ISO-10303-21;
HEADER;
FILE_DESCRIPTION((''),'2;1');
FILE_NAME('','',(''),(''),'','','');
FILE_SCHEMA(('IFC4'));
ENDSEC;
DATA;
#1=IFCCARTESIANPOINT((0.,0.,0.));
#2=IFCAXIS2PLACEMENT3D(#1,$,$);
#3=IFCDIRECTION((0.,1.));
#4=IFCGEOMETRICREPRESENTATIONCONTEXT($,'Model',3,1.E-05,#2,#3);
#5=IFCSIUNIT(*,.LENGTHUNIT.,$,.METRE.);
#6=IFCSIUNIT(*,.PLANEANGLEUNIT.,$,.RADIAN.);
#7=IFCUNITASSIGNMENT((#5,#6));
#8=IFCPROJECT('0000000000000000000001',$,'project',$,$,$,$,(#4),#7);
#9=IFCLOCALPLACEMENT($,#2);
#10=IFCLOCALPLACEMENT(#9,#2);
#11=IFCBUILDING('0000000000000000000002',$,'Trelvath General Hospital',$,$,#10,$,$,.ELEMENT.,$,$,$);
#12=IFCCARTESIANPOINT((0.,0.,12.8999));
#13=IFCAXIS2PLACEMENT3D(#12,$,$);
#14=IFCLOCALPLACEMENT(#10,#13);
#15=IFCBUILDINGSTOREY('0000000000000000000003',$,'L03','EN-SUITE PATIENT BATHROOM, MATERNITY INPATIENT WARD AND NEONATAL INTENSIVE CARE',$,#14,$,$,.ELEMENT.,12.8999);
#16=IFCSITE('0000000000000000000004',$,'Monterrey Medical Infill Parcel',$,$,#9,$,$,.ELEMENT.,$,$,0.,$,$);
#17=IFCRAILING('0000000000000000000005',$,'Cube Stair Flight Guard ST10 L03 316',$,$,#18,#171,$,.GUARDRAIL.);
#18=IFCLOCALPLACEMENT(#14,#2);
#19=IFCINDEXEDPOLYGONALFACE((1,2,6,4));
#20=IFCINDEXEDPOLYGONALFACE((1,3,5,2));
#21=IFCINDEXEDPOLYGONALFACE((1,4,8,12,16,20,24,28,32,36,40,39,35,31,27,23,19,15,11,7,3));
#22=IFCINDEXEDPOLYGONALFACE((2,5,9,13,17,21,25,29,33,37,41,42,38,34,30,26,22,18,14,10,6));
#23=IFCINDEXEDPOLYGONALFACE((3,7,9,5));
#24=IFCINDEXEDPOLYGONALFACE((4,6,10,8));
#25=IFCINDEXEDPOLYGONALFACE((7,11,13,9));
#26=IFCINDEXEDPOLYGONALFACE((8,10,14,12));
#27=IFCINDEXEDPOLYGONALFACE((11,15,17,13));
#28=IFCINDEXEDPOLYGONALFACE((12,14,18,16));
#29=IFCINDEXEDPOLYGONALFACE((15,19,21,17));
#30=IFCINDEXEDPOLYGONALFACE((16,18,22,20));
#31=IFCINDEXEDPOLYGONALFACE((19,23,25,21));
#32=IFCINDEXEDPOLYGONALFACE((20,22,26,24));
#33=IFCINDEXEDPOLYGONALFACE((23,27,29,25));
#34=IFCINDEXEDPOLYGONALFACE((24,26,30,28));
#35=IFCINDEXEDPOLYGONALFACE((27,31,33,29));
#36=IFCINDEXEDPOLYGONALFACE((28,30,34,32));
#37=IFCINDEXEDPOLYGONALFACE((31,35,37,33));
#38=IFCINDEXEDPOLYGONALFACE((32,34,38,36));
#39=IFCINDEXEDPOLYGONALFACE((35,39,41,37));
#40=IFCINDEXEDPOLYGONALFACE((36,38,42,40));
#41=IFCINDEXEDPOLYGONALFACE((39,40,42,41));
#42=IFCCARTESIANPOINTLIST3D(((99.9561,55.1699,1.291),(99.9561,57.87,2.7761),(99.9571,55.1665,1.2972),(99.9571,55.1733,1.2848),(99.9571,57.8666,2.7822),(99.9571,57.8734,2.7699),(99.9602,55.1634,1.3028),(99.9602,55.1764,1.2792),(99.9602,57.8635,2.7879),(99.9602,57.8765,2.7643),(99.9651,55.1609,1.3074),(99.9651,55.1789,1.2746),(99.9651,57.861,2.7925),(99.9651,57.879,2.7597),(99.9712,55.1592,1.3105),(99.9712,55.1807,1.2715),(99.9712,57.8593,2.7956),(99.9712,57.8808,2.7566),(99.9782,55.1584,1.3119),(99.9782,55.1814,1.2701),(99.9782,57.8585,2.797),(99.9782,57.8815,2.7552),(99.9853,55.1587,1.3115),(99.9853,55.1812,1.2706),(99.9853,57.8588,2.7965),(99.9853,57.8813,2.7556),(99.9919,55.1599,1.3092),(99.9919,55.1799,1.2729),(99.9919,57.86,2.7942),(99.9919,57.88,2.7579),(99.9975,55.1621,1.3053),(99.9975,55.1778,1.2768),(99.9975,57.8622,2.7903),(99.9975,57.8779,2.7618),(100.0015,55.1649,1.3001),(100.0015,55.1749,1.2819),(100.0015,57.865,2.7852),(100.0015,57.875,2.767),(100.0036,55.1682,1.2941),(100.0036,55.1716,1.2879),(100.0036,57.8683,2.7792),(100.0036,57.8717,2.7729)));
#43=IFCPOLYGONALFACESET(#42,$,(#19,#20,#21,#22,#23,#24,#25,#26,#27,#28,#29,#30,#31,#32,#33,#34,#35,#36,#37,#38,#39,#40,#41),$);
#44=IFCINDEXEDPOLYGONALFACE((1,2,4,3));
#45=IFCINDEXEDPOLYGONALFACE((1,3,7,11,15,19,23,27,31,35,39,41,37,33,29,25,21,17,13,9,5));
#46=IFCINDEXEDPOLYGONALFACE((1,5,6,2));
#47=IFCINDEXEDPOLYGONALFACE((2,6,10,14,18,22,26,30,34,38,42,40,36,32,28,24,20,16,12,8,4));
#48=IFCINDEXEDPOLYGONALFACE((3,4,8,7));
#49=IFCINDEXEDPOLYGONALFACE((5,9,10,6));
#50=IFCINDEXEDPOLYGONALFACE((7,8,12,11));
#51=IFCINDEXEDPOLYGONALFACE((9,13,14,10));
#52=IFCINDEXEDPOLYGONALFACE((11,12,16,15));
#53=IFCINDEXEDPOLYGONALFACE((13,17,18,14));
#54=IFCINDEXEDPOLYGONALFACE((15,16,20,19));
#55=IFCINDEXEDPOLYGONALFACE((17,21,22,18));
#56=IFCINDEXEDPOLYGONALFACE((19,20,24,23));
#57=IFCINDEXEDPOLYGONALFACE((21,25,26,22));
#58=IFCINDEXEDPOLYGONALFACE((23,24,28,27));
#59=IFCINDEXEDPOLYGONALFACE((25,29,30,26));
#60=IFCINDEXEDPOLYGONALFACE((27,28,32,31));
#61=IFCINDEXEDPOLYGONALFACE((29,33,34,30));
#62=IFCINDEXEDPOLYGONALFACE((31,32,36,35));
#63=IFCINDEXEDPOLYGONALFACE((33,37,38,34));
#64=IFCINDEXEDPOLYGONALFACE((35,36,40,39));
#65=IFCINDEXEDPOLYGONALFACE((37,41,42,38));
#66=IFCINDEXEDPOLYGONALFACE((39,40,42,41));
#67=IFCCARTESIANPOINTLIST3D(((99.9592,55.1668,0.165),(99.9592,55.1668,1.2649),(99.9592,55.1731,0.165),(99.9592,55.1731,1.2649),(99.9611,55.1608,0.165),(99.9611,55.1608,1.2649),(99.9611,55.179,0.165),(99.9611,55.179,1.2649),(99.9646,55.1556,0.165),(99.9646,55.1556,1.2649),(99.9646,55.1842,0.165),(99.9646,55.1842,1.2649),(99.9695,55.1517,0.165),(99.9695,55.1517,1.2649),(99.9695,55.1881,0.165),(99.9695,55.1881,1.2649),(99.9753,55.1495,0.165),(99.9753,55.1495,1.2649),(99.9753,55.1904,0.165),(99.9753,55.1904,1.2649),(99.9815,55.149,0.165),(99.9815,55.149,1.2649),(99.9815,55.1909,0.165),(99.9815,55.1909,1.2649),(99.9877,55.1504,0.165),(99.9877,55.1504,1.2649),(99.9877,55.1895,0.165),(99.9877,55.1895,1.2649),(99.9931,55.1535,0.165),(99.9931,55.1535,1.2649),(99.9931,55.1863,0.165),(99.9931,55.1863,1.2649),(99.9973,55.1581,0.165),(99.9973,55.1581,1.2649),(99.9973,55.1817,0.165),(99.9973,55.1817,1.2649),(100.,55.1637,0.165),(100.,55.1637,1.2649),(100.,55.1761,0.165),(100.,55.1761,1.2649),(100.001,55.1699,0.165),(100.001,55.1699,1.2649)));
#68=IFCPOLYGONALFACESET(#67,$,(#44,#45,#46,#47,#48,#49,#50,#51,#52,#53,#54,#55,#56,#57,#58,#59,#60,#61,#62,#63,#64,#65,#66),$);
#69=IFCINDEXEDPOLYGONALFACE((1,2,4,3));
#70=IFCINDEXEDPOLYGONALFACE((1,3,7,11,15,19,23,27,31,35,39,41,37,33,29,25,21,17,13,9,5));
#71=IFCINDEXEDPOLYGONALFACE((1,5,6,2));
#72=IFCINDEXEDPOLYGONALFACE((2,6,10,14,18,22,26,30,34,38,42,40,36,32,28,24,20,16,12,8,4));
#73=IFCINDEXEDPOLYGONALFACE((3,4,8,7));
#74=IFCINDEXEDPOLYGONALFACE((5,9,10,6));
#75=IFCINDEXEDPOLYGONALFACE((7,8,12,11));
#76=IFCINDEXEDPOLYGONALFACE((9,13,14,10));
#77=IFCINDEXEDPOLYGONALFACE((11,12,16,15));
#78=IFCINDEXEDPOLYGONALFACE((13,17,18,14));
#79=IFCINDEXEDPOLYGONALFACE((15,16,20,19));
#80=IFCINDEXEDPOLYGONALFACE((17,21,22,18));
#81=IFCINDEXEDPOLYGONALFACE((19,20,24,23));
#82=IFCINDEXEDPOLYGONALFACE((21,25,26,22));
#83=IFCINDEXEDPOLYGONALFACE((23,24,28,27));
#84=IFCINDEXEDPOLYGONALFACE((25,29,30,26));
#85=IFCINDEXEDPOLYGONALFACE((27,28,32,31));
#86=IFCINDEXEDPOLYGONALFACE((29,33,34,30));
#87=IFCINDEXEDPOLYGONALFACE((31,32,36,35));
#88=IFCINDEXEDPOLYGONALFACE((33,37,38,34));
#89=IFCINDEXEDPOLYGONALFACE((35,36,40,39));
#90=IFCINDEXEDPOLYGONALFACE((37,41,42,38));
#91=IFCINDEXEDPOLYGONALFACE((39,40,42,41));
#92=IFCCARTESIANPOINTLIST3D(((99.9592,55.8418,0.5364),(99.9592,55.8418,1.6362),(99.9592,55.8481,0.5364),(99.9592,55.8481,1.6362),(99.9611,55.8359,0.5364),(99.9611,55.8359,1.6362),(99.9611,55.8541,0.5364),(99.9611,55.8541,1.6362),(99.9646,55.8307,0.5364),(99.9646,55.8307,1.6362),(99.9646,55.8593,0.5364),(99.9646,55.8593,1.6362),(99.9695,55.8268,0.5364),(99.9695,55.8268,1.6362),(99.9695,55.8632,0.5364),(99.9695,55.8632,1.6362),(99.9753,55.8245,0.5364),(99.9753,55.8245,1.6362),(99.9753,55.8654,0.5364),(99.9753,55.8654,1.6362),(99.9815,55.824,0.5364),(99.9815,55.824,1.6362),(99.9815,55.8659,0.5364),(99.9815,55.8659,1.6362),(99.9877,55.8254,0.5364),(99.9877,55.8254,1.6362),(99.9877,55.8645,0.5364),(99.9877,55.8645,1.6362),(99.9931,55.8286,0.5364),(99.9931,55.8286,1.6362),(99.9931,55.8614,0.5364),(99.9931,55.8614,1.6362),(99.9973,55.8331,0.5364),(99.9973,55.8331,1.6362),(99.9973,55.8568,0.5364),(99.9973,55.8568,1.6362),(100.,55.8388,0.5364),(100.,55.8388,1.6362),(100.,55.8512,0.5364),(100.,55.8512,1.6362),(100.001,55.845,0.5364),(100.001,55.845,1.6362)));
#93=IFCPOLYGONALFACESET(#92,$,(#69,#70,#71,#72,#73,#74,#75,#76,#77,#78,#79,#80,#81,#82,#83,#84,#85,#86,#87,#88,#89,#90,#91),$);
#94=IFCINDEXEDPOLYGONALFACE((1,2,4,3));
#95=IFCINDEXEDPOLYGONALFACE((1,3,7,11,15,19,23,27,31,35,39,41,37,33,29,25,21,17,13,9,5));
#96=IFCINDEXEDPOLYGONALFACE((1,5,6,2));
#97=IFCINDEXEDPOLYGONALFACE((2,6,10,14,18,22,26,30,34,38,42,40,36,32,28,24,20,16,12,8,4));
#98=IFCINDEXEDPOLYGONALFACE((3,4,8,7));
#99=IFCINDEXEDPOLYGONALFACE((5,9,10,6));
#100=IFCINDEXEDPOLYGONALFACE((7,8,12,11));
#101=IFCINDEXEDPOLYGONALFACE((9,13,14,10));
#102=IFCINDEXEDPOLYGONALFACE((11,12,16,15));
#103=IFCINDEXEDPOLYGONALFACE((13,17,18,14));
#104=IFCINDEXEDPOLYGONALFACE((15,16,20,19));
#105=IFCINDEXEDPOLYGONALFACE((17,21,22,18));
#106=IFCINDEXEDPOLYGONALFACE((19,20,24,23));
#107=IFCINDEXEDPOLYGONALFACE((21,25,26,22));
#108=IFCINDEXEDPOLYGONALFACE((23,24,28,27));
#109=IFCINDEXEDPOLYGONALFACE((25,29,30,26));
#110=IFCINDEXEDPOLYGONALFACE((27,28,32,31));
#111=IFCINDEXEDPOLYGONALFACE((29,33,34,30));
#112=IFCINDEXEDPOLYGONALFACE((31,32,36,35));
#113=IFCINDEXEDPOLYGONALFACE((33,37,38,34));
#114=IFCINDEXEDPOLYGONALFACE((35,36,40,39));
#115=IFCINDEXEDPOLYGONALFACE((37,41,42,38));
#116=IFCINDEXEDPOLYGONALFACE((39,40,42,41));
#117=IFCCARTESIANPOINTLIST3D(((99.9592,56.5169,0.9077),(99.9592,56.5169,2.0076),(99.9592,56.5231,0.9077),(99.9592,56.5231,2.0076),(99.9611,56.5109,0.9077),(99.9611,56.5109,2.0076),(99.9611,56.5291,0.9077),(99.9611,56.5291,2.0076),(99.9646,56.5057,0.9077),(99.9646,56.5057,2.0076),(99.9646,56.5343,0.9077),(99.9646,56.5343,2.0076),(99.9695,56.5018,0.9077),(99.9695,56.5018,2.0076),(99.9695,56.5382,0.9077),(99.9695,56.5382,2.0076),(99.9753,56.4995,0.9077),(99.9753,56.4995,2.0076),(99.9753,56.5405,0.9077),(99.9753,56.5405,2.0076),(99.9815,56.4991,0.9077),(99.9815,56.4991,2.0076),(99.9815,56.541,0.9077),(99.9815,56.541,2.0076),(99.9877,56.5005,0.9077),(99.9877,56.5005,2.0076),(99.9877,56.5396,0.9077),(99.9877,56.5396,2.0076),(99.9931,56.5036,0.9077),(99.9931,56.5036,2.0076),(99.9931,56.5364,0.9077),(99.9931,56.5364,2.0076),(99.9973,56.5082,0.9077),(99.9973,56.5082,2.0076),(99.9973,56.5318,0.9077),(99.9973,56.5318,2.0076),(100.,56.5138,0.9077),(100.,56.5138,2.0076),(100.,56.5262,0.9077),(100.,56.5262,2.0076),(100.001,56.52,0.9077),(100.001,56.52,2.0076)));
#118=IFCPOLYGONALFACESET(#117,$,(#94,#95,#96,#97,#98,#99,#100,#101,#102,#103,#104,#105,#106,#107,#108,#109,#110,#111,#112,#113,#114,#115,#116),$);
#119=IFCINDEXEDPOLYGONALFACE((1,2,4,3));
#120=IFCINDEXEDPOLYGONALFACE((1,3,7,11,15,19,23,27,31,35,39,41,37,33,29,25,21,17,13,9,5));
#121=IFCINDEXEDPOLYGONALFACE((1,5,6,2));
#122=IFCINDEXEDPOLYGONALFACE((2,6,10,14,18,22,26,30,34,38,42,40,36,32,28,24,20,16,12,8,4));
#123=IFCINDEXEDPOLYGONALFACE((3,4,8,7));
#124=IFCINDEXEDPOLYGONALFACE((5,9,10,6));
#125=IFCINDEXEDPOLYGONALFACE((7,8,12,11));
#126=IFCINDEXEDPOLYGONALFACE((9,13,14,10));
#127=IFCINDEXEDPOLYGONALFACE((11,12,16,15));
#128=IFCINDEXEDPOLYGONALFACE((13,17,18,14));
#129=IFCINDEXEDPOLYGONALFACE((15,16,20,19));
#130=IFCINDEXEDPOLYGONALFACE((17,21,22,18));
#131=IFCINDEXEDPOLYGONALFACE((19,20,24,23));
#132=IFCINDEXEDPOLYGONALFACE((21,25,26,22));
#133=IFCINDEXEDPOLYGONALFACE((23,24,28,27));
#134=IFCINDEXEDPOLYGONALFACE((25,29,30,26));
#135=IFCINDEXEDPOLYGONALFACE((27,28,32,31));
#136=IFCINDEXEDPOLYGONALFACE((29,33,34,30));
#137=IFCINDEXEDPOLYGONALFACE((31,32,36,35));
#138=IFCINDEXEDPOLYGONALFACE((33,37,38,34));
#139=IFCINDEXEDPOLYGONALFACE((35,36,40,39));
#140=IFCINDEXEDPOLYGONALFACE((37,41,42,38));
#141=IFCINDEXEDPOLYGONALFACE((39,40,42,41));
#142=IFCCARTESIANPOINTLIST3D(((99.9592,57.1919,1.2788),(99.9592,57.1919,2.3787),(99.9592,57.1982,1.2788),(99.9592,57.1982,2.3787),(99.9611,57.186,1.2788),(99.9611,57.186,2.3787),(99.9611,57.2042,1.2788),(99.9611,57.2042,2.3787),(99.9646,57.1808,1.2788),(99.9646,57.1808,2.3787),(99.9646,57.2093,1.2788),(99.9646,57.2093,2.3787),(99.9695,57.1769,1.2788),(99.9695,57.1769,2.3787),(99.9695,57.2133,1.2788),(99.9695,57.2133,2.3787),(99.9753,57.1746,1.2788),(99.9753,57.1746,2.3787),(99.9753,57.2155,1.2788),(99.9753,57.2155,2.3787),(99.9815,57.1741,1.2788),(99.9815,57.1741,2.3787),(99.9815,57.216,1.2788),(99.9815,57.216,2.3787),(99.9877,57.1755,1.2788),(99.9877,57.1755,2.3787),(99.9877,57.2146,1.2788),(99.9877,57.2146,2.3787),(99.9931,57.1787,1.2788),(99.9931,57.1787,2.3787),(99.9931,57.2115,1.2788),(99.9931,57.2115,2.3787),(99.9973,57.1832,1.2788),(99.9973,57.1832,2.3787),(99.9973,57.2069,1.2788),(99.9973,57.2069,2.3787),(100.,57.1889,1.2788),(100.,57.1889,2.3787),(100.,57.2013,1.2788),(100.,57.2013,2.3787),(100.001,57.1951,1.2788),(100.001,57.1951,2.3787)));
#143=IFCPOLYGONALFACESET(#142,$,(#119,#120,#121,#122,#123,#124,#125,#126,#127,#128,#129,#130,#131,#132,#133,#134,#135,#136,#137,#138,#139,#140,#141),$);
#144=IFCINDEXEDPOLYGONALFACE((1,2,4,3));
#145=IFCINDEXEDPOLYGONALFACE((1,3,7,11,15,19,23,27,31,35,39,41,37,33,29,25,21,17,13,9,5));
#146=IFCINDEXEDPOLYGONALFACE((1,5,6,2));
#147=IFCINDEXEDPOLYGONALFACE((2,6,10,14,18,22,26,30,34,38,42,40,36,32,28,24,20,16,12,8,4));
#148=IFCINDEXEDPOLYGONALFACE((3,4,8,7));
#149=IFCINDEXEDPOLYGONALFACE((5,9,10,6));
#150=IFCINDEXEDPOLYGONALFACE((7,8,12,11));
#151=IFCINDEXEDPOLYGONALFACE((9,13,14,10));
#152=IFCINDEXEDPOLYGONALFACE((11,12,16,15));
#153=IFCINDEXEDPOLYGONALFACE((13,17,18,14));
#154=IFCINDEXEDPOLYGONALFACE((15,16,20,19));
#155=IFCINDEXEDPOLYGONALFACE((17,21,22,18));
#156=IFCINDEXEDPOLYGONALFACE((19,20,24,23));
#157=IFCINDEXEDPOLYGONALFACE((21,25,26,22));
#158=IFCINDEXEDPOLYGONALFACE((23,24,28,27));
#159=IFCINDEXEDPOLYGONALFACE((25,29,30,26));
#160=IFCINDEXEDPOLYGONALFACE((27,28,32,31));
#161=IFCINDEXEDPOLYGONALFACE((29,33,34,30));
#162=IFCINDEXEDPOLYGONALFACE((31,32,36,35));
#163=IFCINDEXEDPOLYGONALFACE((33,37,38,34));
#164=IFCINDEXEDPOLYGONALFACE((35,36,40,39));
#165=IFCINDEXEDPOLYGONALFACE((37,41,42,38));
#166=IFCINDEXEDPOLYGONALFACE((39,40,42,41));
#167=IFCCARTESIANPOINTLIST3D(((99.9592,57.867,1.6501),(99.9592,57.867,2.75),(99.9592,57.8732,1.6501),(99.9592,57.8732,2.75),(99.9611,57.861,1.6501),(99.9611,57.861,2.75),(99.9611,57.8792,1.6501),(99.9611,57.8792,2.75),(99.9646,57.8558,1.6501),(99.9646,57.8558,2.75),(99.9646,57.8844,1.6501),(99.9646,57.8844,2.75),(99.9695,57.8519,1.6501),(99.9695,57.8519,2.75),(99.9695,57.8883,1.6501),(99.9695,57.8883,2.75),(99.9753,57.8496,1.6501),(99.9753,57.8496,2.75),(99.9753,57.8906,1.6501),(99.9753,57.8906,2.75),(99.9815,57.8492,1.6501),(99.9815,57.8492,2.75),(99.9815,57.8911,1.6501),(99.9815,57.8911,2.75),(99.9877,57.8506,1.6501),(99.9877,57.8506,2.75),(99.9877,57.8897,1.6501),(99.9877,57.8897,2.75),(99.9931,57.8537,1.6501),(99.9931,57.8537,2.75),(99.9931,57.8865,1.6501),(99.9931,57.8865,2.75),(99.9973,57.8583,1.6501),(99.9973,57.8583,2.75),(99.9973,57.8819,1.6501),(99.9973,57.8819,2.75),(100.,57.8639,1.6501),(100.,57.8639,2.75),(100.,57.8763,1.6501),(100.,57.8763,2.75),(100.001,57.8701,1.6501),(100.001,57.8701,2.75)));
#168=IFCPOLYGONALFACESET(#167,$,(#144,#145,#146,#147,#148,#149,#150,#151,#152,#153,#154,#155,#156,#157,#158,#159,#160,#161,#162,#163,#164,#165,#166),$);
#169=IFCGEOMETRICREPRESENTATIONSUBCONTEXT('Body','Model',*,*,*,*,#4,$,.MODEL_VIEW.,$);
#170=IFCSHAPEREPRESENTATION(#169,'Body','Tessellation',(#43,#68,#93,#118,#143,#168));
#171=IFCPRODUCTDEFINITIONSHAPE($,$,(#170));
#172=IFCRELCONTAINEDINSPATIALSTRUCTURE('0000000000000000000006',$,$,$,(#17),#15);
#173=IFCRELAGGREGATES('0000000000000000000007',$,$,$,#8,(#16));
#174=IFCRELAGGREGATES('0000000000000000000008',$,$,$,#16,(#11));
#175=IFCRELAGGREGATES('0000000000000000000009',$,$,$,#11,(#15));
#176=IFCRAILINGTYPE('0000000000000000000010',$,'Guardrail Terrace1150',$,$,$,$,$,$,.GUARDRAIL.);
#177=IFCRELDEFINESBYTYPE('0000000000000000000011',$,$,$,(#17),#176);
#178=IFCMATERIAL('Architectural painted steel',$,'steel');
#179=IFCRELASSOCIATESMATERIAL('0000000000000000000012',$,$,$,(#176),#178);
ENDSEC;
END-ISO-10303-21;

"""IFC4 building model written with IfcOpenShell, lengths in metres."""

from ifc_helpers import new_model, si_unit, direction, frame, origin, origin_2d, place, context, subcontext, project, spatial, circle, extrude, material, type_object, element, save


model = new_model("IFC4")

# Units and contexts
model_context = context("Model", 3, precision=1e-05, world=origin(), true_north=direction((0.0, 1.0)))
body_context = subcontext(model_context, "Body", "Model", "MODEL_VIEW")
ifc_project = project(units=[si_unit("LENGTHUNIT", "METRE"), si_unit("PLANEANGLEUNIT", "RADIAN")], contexts=[model_context])

# Site, building, storey
site_placement = place(None, origin())
site = spatial("IfcSite", under=ifc_project, at=site_placement, Name="Monterrey Medical Infill Parcel", CompositionType="ELEMENT", RefElevation=0.0)
building_placement = place(site_placement, origin())
building = spatial("IfcBuilding", under=site, at=building_placement, Name="Trelvath General Hospital", CompositionType="ELEMENT")
storey_placement = place(building_placement, frame((0.0, 0.0, 12.8999)))
storey = spatial("IfcBuildingStorey", under=building, at=storey_placement, Name="L03", Description="EN-SUITE PATIENT BATHROOM, MATERNITY INPATIENT WARD AND NEONATAL INTENSIVE CARE", CompositionType="ELEMENT", Elevation=12.8999)

# Railing
ifc_material_1 = material(Name="Architectural painted steel", Category="steel")
railing_type = type_object("IfcRailingType", Name="Guardrail Terrace1150", PredefinedType="GUARDRAIL", material=ifc_material_1)
for number, where, name in (
    (1, (99.98, 55.1699, 0.165), "Cube Stair Flight Guard ST10 L03 316"),
):
    element("IfcRailing", number, at=place(storey_placement, frame(where)), inside=storey, type_object=railing_type, Name=name, PredefinedType="GUARDRAIL", context=body_context, shape_type="SweptSolid", body=[
        extrude(circle(Radius=0.0239, at=origin_2d()), frame((0.0, 0.0, 1.126), z_axis=(0.0, 0.876216, 0.481919), x_axis=(-1.0, 0.0, 0.0)), (0.0, 0.0, 1.0), 3.0815),
        extrude(circle(Radius=0.021, at=origin_2d()), origin(), (0.0, 0.0, 1.0), 1.0999),
        extrude(circle(Radius=0.021, at=origin_2d()), frame((0.0, 0.675, 0.3713)), (0.0, 0.0, 1.0), 1.0999),
        extrude(circle(Radius=0.021, at=origin_2d()), frame((0.0, 1.3501, 0.7427)), (0.0, 0.0, 1.0), 1.0999),
        extrude(circle(Radius=0.021, at=origin_2d()), frame((0.0, 2.0251, 1.1138)), (0.0, 0.0, 1.0), 1.0999),
        extrude(circle(Radius=0.021, at=origin_2d()), frame((0.0, 2.7002, 1.4851)), (0.0, 0.0, 1.0), 1.0999),
    ])

save(model, "model.ifc")
